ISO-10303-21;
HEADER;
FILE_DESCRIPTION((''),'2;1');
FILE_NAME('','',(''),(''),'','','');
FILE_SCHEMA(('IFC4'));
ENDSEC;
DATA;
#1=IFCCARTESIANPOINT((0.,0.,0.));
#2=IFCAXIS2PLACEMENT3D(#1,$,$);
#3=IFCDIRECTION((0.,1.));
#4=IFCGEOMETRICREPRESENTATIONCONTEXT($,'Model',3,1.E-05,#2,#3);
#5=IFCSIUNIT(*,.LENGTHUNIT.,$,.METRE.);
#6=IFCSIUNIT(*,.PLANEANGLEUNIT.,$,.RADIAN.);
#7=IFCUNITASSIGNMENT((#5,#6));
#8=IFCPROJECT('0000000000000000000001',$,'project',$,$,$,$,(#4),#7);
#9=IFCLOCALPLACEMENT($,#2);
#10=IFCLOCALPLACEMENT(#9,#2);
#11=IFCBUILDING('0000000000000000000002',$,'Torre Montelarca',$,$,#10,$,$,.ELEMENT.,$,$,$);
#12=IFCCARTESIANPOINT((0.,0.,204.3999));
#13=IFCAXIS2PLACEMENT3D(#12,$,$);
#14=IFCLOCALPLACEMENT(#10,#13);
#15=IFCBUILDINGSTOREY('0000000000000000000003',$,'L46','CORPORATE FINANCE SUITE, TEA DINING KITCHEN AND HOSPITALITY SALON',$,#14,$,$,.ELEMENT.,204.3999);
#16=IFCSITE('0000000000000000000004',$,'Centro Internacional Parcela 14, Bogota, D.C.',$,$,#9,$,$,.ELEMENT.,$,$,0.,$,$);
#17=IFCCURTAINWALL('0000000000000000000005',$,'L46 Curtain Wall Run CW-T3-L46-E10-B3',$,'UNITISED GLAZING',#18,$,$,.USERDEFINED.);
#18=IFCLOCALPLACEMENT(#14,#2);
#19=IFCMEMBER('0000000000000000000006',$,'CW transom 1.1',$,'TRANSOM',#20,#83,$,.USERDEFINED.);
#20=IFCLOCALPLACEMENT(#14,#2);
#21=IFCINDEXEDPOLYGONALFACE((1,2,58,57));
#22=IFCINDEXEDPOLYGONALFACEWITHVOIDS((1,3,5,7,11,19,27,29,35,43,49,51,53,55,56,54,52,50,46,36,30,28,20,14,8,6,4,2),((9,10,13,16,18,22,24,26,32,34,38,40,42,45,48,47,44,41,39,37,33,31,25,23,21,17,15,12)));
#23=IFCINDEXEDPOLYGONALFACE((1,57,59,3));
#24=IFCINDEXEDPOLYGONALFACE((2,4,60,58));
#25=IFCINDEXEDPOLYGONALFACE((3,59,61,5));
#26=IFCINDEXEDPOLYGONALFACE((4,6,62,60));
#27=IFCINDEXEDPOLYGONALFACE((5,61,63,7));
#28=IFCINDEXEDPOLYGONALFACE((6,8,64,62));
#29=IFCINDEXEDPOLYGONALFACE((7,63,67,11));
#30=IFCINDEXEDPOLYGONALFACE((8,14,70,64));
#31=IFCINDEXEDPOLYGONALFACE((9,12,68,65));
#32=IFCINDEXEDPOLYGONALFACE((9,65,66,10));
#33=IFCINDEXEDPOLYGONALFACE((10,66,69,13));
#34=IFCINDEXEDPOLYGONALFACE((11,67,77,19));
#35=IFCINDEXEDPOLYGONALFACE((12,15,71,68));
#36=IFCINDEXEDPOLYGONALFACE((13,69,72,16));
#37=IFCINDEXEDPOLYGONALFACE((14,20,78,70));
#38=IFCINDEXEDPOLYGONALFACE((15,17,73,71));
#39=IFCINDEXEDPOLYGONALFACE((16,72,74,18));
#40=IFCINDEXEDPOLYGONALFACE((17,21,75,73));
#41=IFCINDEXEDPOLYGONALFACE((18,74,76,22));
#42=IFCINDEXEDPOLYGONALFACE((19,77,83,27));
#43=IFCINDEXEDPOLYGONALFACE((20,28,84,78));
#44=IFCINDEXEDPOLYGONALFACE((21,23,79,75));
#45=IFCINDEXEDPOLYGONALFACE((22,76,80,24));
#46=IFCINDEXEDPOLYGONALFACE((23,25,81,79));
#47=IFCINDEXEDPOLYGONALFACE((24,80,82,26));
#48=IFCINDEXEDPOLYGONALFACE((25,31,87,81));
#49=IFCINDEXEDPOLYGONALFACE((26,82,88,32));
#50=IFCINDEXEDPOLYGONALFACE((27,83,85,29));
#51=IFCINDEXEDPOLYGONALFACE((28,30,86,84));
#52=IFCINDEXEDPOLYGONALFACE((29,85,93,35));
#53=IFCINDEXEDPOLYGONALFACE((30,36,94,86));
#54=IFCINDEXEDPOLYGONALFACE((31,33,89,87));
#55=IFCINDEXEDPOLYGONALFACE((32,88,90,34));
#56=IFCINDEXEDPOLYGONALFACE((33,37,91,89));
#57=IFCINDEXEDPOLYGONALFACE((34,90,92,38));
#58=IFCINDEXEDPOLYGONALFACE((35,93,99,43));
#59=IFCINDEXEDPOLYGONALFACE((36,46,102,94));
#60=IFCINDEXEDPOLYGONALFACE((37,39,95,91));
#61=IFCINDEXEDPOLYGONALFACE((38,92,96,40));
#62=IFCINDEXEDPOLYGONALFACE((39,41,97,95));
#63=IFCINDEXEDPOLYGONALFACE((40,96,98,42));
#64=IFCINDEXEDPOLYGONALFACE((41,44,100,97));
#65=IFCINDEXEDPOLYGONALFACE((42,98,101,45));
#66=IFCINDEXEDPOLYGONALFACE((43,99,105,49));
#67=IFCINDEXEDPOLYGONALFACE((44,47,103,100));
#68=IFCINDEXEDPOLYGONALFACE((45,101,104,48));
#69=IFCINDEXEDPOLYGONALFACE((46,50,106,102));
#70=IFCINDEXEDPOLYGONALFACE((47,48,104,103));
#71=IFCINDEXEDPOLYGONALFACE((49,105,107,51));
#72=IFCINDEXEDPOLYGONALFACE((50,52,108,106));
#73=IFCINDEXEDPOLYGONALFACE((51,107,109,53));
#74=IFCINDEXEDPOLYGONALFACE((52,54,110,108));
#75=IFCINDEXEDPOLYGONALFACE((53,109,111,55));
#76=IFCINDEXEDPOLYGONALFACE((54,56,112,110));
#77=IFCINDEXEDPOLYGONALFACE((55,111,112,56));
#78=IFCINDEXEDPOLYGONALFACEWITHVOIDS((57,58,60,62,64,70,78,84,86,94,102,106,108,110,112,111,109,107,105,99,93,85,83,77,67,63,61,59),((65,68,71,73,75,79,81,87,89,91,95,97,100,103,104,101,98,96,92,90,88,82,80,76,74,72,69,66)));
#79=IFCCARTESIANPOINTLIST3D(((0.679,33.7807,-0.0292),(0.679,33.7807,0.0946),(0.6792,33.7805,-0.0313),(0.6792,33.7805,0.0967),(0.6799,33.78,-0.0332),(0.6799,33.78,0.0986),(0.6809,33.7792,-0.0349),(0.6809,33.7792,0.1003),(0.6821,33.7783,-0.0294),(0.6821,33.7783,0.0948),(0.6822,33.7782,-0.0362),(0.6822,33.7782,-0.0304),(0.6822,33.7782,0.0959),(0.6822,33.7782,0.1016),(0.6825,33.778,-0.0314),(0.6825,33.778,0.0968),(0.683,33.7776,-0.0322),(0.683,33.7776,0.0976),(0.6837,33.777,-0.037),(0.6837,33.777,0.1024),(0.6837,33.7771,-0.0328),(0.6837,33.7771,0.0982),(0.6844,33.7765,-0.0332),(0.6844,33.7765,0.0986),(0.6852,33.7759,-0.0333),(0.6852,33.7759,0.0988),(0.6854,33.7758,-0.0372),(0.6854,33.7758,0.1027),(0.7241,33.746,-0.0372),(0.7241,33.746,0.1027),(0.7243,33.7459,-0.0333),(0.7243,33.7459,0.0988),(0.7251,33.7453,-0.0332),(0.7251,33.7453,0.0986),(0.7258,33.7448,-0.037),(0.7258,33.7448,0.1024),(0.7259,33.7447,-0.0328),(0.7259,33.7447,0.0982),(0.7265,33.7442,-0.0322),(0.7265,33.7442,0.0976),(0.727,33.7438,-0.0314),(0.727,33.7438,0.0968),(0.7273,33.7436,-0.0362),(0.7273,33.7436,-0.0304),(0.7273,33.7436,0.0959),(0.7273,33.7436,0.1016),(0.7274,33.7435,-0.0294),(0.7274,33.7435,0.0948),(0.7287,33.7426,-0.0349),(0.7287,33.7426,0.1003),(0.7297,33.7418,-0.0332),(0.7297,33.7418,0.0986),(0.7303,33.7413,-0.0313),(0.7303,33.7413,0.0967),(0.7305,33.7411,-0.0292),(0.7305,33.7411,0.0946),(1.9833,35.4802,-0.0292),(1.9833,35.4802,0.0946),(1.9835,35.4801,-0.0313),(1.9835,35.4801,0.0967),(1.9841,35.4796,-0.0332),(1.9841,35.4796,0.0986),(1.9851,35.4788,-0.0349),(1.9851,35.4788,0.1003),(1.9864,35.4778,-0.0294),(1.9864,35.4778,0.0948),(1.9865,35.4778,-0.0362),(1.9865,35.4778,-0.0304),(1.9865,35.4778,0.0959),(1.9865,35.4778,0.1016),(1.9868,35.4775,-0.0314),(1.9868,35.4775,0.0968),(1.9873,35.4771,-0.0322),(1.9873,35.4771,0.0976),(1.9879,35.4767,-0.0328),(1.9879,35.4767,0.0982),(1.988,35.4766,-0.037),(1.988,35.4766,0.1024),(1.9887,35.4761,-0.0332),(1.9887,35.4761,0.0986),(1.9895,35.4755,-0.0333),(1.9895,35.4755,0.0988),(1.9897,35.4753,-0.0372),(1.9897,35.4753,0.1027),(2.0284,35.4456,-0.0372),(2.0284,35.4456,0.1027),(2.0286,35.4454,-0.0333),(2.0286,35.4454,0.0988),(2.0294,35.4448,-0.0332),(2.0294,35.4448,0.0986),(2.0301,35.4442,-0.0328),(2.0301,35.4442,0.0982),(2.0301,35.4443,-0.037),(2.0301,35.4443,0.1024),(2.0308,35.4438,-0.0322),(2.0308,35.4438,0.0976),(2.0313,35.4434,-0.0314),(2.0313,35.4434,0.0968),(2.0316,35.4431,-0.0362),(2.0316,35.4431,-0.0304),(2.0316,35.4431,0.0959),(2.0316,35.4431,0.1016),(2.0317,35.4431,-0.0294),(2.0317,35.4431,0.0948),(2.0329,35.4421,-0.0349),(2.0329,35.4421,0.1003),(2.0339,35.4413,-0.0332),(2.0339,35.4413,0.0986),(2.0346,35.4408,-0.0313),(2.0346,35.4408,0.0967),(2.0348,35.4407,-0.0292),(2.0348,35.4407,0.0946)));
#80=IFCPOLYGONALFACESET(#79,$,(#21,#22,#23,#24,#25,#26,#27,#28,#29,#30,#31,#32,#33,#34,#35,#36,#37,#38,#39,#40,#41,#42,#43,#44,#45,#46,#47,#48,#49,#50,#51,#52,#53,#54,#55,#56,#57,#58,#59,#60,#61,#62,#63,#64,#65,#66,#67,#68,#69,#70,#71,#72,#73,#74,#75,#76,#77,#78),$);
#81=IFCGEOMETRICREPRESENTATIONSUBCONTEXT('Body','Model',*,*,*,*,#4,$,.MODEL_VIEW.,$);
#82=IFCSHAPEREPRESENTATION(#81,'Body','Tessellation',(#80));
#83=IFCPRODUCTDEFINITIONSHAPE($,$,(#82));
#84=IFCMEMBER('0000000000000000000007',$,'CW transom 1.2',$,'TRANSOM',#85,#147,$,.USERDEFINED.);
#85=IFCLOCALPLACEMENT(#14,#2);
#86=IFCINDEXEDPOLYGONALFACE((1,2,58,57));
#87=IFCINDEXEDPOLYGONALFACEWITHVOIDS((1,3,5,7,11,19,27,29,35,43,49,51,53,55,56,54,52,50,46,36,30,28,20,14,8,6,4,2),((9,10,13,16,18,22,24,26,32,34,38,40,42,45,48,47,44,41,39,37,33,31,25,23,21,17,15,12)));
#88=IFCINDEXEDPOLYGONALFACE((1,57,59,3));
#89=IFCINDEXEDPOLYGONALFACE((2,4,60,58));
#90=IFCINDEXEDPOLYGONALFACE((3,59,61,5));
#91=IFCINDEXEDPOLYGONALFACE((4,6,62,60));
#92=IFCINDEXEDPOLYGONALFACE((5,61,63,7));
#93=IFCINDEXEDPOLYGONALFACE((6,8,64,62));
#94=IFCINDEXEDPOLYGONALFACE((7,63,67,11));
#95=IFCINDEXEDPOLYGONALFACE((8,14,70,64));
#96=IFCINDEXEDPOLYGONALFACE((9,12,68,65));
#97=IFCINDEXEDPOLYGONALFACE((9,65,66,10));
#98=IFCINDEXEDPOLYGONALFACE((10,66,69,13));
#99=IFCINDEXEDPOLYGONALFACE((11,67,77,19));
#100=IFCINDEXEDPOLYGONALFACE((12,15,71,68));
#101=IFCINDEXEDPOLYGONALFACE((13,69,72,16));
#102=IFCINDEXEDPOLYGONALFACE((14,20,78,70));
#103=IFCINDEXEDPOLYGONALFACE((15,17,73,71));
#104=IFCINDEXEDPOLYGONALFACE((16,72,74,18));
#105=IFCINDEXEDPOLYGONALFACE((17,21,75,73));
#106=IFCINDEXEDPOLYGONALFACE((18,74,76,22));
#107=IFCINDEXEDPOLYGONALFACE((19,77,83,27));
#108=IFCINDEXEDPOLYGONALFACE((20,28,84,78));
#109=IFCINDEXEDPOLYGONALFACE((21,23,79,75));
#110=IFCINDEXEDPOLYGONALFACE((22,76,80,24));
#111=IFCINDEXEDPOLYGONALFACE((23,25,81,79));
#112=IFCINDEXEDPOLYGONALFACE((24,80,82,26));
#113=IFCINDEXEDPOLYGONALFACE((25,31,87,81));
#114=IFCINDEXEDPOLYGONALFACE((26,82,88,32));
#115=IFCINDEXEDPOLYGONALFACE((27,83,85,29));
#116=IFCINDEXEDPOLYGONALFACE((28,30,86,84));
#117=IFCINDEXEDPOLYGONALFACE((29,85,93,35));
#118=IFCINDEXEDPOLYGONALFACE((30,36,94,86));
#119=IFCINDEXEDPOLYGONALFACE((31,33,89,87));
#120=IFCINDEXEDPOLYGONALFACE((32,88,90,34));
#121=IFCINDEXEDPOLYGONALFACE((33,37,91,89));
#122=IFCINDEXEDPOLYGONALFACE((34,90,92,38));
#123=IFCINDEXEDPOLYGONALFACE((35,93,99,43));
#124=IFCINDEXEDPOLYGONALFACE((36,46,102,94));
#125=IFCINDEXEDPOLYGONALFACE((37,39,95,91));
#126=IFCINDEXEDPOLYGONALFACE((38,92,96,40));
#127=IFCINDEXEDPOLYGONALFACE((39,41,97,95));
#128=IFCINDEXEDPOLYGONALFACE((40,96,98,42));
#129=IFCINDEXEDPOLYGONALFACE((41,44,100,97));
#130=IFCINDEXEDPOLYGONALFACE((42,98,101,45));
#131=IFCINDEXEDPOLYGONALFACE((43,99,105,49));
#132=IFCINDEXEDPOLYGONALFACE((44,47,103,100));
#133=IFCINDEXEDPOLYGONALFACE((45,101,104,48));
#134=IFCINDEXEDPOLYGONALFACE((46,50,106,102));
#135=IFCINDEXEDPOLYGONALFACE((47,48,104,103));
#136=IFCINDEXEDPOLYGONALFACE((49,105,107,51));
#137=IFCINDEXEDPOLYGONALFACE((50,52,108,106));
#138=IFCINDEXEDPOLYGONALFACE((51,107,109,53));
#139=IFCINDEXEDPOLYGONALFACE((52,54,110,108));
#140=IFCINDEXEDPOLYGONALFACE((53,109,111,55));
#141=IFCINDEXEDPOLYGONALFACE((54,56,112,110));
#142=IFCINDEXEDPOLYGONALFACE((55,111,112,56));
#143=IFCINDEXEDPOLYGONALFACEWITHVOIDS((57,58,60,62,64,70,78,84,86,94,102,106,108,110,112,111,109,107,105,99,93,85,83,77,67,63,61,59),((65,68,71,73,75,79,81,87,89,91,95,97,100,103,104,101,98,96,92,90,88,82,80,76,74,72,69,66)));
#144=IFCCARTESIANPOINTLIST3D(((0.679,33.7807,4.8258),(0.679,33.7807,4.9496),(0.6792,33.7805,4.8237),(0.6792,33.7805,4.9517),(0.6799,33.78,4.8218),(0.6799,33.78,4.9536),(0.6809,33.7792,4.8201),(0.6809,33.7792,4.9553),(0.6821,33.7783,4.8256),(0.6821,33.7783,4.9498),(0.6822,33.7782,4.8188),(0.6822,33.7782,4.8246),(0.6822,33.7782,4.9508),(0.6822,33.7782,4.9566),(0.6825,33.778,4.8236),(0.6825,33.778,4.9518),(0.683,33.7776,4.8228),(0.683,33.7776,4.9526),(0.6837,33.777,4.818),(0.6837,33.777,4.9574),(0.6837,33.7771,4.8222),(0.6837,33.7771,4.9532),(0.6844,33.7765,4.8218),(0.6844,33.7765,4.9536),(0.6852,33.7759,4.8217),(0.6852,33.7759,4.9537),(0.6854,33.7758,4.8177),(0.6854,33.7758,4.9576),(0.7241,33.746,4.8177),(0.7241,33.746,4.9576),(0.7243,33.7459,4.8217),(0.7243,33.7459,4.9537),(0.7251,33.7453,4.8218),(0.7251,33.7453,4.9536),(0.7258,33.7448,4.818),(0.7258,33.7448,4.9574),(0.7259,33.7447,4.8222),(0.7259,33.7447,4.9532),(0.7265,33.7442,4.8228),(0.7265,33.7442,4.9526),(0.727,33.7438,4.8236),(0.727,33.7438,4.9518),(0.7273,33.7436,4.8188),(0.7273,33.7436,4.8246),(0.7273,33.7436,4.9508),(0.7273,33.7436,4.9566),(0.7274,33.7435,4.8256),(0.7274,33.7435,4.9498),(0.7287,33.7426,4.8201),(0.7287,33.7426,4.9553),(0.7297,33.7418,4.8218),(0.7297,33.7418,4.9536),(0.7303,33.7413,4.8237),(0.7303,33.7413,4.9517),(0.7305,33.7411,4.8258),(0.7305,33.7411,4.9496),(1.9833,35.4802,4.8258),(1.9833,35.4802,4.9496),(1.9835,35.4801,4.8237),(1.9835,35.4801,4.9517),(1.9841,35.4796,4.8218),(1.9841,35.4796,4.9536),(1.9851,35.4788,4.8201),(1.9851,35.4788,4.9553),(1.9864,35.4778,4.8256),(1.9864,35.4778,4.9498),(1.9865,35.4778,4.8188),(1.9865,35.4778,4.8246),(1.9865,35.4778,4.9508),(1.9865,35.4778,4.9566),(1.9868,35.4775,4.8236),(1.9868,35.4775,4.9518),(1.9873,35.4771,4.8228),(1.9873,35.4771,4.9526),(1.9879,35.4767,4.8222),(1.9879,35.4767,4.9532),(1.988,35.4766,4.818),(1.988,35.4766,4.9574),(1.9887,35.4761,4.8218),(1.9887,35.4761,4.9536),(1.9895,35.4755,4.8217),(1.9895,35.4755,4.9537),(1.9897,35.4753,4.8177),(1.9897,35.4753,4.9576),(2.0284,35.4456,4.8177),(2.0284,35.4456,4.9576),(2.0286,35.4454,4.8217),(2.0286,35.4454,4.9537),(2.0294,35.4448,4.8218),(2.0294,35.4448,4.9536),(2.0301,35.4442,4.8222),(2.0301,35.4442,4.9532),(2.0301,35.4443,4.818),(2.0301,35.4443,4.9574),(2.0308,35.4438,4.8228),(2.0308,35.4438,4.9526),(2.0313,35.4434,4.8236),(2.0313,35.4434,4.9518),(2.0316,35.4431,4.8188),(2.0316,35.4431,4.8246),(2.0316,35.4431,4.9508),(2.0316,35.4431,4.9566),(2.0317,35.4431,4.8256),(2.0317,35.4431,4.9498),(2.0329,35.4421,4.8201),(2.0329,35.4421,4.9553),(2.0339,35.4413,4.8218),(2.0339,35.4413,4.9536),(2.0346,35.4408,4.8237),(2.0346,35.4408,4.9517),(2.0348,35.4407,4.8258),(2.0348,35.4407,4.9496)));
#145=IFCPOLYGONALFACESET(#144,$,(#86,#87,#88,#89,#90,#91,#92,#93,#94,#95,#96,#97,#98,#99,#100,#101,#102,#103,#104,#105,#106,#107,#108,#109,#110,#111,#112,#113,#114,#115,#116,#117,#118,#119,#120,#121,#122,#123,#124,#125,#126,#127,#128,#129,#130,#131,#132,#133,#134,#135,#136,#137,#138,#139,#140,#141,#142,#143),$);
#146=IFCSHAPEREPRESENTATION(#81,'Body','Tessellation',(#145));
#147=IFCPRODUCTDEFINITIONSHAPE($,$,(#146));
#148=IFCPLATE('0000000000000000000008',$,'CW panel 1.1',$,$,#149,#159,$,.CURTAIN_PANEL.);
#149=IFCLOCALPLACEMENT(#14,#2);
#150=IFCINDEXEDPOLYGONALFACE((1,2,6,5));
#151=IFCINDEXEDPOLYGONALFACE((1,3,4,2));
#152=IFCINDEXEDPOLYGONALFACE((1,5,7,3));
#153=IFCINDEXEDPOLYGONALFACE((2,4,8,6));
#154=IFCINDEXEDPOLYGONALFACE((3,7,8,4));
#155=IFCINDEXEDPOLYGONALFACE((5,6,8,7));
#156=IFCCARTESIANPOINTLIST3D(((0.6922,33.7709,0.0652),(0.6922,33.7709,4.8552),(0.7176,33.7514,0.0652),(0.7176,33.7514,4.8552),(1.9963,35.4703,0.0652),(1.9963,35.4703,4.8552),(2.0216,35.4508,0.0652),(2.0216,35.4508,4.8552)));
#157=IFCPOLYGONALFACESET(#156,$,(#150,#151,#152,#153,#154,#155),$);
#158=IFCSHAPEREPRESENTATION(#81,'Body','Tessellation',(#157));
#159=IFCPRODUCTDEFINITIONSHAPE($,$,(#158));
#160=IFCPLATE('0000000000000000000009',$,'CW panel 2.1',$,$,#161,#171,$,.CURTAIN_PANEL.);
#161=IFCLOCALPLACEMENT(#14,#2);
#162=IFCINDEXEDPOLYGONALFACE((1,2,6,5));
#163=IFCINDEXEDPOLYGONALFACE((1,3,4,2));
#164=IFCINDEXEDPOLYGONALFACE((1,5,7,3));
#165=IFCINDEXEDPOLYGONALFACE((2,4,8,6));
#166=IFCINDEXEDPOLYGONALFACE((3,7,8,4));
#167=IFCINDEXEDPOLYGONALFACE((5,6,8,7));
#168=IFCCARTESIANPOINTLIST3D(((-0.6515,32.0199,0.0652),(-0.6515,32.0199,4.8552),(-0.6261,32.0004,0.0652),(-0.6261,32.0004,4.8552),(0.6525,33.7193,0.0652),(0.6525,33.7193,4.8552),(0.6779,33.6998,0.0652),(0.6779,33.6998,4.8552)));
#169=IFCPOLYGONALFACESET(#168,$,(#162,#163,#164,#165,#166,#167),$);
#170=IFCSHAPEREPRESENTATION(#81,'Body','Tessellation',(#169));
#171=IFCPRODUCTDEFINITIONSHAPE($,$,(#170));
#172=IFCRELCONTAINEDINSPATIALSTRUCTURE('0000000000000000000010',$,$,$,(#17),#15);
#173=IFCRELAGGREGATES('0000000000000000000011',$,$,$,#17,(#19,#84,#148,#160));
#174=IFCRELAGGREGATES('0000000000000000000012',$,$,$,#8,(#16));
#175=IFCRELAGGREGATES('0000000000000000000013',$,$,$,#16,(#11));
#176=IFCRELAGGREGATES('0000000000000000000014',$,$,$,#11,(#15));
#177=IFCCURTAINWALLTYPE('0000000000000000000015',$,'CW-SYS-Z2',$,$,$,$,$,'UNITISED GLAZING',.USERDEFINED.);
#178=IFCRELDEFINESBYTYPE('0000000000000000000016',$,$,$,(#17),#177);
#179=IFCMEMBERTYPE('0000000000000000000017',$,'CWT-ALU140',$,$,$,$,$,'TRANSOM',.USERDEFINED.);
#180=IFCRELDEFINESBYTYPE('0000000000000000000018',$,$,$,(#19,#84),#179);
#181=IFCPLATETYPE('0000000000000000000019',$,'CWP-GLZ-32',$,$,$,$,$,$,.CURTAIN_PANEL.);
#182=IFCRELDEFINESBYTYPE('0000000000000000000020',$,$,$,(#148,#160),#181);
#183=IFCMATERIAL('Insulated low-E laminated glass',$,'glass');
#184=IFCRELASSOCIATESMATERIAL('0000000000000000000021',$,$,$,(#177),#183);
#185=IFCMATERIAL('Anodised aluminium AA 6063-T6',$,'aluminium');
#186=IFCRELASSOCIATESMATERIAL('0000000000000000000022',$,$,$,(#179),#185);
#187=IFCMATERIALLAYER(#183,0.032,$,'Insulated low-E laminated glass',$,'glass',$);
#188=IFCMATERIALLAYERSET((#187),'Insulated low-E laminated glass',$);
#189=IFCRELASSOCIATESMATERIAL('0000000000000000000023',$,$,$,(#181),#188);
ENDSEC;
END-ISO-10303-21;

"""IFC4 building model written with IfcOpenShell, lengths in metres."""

from ifc_helpers import new_model, si_unit, direction, frame, origin, origin_2d, place, context, subcontext, project, spatial, rectangle, hollow_rectangle, extrude, source, transform, mapped, material, layer, layer_set, material_profile, profile_set, type_object, element, aggregate, save


model = new_model("IFC4")

# Units and contexts
model_context = context("Model", 3, precision=1e-05, world=origin(), true_north=direction((0.0, 1.0)))
body_context = subcontext(model_context, "Body", "Model", "MODEL_VIEW")
ifc_project = project(units=[si_unit("LENGTHUNIT", "METRE"), si_unit("PLANEANGLEUNIT", "RADIAN")], contexts=[model_context])

# Site, building, storey
site_placement = place(None, origin())
site = spatial("IfcSite", under=ifc_project, at=site_placement, Name="Centro Internacional Parcela 14, Bogota, D.C.", CompositionType="ELEMENT", RefElevation=0.0)
building_placement = place(site_placement, origin())
building = spatial("IfcBuilding", under=site, at=building_placement, Name="Torre Montelarca", CompositionType="ELEMENT")
storey_placement = place(building_placement, frame((0.0, 0.0, 204.3999)))
storey = spatial("IfcBuildingStorey", under=building, at=storey_placement, Name="L46", Description="CORPORATE FINANCE SUITE, TEA DINING KITCHEN AND HOSPITALITY SALON", CompositionType="ELEMENT", Elevation=204.3999)

# Curtain wall
ifc_material_1 = material(Name="Insulated low-E laminated glass", Category="glass")
curtain_wall_type = type_object("IfcCurtainWallType", Name="CW-SYS-Z2", ElementType="UNITISED GLAZING", PredefinedType="USERDEFINED", material=ifc_material_1)
ifc_material_2 = material(Name="Anodised aluminium AA 6063-T6", Category="aluminium")
ifc_material_profile_1 = material_profile(ifc_material_2, hollow_rectangle(XDim=0.0649, YDim=0.1399, WallThickness=0.0039, InnerFilletRadius=0.0039, OuterFilletRadius=0.0081, at=origin_2d()), Name="ALU65X140X4", Category="aluminium")
ifc_profile_set_1 = profile_set([ifc_material_profile_1], Name="Anodised aluminium AA 6063-T6")
member_type_1 = type_object("IfcMemberType", Name="CWT-ALU140", ElementType="TRANSOM", PredefinedType="USERDEFINED", material=ifc_profile_set_1)
curtain_wall_1_placement = place(storey_placement, origin())
curtain_wall_1 = element("IfcCurtainWall", 1, at=curtain_wall_1_placement, inside=storey, type_object=curtain_wall_type, Name="L46 Curtain Wall Run CW-T3-L46-E10-B3", ObjectType="UNITISED GLAZING", PredefinedType="USERDEFINED")

# Members
shared_shape_1 = source(origin(), body_context, "Body", "SweptSolid", [
    extrude(hollow_rectangle(XDim=0.0649, YDim=0.1399, WallThickness=0.0039, InnerFilletRadius=0.0039, OuterFilletRadius=0.0081, at=origin_2d()), origin(), (0.0, 0.0, 1.0), 2.1423),
])
member_1_placement = place(storey_placement, frame((2.009, 35.4604, 0.0327), z_axis=(-0.608807, -0.793318, 0.0), x_axis=(0.793318, -0.608807, 0.0)))
member_1 = element("IfcMember", 2, at=member_1_placement, type_object=member_type_1, Name="CW transom 1.1", ObjectType="TRANSOM", PredefinedType="USERDEFINED", context=body_context, shape_type="MappedRepresentation", body=[
    mapped(shared_shape_1, transform((0.0, 0.0, 0.0), scale=1.0)),
])
member_2_placement = place(storey_placement, frame((2.009, 35.4604, 4.8877), z_axis=(-0.608807, -0.793318, 0.0), x_axis=(0.793318, -0.608807, 0.0)))
member_2 = element("IfcMember", 3, at=member_2_placement, type_object=member_type_1, Name="CW transom 1.2", ObjectType="TRANSOM", PredefinedType="USERDEFINED", context=body_context, shape_type="MappedRepresentation", body=[
    mapped(shared_shape_1, transform((0.0, 0.0, 0.0), scale=1.0)),
])

# Plates
ifc_layer_1 = layer(ifc_material_1, 0.032, Name="Insulated low-E laminated glass", Category="glass")
ifc_layer_set_1 = layer_set([ifc_layer_1], Name="Insulated low-E laminated glass")
plate_type = type_object("IfcPlateType", Name="CWP-GLZ-32", PredefinedType="CURTAIN_PANEL", material=ifc_layer_set_1)
shared_shape_2 = source(origin(), body_context, "Body", "SweptSolid", [
    extrude(rectangle(XDim=2.1421, YDim=0.032, at=origin_2d()), origin(), (0.0, 0.0, 1.0), 4.79),
])
plate_1_placement = place(storey_placement, frame((1.3569, 34.6108, 0.0652), z_axis=(0.0, 0.0, 1.0), x_axis=(-0.608765, -0.79335, 0.0)))
plate_1 = element("IfcPlate", 4, at=plate_1_placement, type_object=plate_type, Name="CW panel 1.1", PredefinedType="CURTAIN_PANEL", context=body_context, shape_type="MappedRepresentation", body=[
    mapped(shared_shape_2, transform((0.0, 0.0, 0.0), scale=1.0)),
])
plate_2_placement = place(storey_placement, frame((0.0132, 32.8599, 0.0652), z_axis=(0.0, 0.0, 1.0), x_axis=(-0.608765, -0.79335, 0.0)))
plate_2 = element("IfcPlate", 5, at=plate_2_placement, type_object=plate_type, Name="CW panel 2.1", PredefinedType="CURTAIN_PANEL", context=body_context, shape_type="MappedRepresentation", body=[
    mapped(shared_shape_2, transform((0.0, 0.0, 0.0), scale=1.0)),
])
aggregate(curtain_wall_1, [member_1, member_2, plate_1, plate_2])

save(model, "model.ifc")
